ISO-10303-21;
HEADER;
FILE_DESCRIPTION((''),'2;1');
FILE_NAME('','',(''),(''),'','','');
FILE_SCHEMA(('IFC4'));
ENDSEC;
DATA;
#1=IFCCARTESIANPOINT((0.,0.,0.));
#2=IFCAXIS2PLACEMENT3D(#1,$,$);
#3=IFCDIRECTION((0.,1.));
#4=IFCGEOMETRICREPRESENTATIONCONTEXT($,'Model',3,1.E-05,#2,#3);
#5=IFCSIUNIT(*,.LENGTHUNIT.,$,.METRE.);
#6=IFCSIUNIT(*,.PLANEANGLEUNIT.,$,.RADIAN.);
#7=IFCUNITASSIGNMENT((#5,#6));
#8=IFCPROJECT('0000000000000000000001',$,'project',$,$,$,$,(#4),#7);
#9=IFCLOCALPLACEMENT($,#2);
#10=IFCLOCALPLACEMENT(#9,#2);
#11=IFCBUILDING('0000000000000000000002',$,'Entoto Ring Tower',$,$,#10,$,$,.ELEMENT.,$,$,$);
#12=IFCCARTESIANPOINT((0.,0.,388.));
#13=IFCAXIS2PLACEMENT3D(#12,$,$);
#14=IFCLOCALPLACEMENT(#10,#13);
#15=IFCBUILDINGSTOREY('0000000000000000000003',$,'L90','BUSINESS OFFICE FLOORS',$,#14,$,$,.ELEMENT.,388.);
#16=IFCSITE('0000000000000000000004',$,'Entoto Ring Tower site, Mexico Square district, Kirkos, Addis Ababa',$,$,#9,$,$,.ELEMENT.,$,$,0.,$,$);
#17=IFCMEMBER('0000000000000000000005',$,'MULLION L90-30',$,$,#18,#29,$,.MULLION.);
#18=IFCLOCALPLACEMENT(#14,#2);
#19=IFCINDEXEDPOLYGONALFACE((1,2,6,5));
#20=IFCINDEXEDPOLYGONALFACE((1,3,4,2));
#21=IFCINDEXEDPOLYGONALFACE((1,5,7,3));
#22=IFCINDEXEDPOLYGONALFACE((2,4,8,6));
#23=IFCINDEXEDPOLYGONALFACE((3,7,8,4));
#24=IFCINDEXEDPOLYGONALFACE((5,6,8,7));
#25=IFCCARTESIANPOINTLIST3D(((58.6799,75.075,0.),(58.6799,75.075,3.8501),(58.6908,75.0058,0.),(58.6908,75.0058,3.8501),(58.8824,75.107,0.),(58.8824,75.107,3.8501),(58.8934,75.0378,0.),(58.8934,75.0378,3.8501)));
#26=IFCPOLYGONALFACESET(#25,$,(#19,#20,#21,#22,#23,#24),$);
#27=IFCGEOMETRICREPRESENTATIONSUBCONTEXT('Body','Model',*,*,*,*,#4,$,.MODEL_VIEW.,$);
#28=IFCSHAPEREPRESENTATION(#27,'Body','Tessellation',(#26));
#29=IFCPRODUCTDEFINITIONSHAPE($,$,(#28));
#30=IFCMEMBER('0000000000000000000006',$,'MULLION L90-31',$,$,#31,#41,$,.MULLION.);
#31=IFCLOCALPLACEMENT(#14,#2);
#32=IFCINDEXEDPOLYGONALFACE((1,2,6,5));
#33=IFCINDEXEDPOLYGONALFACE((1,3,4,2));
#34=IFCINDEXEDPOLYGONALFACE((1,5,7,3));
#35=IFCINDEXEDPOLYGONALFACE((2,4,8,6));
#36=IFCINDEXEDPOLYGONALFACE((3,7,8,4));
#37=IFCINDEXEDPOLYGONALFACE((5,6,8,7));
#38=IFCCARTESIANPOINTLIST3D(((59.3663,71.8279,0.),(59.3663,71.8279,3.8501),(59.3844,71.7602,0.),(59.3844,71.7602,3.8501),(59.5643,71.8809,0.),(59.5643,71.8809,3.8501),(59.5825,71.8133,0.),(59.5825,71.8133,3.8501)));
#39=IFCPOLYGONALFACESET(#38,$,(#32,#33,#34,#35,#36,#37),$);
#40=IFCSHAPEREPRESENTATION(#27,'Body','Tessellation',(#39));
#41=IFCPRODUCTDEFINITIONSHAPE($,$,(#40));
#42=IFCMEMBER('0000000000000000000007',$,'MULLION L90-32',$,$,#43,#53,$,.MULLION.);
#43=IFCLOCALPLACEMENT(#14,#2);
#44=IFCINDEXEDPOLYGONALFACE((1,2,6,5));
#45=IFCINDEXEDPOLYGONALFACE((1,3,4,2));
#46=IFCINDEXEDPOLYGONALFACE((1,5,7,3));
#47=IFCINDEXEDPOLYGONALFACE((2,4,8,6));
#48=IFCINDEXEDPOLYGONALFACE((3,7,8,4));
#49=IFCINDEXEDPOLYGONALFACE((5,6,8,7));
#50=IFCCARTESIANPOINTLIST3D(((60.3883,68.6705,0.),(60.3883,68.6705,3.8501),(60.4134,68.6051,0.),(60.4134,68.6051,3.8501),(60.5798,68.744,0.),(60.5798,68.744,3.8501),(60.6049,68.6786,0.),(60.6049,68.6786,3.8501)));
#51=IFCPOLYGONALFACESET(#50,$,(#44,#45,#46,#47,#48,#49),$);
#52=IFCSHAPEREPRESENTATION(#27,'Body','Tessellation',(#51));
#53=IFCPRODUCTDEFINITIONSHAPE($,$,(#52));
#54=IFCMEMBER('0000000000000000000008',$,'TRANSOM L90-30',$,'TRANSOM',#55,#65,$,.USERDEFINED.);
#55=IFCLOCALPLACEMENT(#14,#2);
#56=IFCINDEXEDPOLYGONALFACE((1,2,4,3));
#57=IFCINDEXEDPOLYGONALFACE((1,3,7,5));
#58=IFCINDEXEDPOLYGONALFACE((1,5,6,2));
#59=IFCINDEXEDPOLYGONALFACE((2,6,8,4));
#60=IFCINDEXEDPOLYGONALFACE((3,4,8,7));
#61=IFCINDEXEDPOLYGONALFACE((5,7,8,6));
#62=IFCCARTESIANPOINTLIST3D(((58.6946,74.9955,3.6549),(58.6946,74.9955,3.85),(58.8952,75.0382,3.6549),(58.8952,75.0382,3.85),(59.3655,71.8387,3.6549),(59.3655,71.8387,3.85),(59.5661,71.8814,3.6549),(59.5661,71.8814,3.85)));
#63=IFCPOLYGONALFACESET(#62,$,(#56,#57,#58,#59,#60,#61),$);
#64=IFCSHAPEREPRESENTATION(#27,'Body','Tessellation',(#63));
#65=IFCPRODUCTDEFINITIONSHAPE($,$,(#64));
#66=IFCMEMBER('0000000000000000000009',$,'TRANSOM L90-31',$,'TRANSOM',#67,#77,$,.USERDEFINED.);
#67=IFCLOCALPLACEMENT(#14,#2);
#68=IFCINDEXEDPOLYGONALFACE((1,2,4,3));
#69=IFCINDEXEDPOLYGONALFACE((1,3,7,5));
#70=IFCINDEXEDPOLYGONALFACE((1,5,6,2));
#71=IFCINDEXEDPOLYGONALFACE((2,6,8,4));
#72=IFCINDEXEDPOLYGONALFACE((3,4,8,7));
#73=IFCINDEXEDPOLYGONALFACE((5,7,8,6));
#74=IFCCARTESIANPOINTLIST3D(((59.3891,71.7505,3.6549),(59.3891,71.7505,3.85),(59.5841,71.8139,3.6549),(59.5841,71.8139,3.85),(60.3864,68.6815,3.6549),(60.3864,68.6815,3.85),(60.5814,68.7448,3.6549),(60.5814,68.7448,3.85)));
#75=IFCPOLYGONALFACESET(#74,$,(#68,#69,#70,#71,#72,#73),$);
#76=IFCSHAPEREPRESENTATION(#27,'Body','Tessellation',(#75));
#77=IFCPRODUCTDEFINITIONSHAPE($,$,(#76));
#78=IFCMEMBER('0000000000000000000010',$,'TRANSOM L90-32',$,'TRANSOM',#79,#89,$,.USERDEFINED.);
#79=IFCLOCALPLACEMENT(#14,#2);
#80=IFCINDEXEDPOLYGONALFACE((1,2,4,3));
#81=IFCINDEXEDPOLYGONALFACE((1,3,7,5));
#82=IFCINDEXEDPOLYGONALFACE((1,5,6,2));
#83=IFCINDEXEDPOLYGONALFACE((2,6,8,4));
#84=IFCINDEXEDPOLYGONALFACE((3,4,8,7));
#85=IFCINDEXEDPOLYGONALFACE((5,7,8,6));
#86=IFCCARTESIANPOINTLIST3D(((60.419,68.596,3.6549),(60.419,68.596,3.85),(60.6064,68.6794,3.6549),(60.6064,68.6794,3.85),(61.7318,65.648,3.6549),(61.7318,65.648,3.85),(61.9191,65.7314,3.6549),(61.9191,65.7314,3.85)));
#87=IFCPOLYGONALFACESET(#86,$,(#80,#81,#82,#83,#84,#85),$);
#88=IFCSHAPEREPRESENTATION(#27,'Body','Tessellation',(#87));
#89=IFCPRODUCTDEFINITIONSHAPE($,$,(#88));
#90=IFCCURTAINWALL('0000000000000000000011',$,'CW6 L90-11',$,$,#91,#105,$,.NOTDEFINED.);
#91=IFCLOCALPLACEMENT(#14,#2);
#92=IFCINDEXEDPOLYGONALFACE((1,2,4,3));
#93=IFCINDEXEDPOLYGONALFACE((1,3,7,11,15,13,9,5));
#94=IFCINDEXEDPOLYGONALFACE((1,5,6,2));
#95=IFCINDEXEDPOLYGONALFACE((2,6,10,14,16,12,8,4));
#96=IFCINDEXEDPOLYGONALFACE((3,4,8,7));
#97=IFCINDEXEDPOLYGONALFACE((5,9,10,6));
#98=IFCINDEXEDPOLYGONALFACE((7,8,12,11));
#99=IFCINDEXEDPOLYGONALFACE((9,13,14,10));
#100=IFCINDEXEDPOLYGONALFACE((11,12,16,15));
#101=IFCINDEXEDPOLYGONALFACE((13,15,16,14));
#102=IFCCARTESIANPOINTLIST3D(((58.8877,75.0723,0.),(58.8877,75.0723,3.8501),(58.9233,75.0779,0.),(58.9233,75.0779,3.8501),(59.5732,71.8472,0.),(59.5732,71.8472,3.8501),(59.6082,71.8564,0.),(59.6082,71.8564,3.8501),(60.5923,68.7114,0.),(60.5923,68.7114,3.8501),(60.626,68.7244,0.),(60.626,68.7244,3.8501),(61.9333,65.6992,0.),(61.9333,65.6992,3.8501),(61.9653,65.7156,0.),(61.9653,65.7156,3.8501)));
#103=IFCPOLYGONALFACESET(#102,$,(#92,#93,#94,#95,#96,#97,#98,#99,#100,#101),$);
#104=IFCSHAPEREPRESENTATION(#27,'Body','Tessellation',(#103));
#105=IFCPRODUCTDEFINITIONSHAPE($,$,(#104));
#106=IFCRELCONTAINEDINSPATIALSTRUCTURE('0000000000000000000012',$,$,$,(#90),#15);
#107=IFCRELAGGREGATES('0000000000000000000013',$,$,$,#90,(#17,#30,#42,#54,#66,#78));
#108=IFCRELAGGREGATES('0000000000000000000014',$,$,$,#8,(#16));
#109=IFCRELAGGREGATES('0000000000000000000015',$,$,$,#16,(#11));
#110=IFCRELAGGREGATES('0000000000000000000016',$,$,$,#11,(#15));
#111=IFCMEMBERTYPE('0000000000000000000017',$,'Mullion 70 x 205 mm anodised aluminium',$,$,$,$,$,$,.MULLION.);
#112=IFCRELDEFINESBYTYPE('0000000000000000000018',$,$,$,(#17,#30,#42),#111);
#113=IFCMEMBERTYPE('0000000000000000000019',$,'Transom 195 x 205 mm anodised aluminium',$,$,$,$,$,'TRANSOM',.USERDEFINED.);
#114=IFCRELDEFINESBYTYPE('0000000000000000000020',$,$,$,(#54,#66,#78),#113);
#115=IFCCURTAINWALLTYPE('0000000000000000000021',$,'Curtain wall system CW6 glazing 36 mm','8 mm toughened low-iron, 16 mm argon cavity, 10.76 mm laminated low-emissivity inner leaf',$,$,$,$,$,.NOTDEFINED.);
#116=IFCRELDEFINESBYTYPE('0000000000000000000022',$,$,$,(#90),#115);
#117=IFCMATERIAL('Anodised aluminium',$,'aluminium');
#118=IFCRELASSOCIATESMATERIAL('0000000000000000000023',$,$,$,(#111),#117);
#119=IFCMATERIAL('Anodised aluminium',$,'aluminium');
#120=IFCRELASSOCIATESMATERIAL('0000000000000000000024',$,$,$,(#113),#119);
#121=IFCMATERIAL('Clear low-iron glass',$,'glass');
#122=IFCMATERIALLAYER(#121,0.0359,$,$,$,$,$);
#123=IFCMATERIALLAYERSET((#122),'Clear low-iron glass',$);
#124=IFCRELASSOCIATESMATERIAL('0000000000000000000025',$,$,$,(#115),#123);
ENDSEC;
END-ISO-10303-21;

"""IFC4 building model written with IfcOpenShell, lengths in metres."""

from ifc_helpers import new_model, si_unit, direction, frame, origin, origin_2d, place, context, subcontext, project, spatial, polyline, rectangle, outline, extrude, material, layer, layer_set, material_profile, profile_set, type_object, element, aggregate, save


model = new_model("IFC4")

# Units and contexts
model_context = context("Model", 3, precision=1e-05, world=origin(), true_north=direction((0.0, 1.0)))
body_context = subcontext(model_context, "Body", "Model", "MODEL_VIEW")
ifc_project = project(units=[si_unit("LENGTHUNIT", "METRE"), si_unit("PLANEANGLEUNIT", "RADIAN")], contexts=[model_context])

# Members
ifc_material_1 = material(Name="Anodised aluminium", Category="aluminium")
ifc_material_profile_1 = material_profile(ifc_material_1, rectangle(XDim=0.0701, YDim=0.2051, at=origin_2d()), Name="Mullion 70 x 205 mm anodised aluminium")
ifc_profile_set_1 = profile_set([ifc_material_profile_1], Name="Anodised aluminium")
member_type_1 = type_object("IfcMemberType", Name="Mullion 70 x 205 mm anodised aluminium", PredefinedType="MULLION", material=ifc_profile_set_1)
site_placement = place(None, origin())
building_placement = place(site_placement, origin())
storey_placement = place(building_placement, frame((0.0, 0.0, 388.0)))
member_1_placement = place(storey_placement, frame((58.7866, 75.0564, 0.0), z_axis=(0.0, 0.0, 1.0), x_axis=(0.156434, -0.987688, 0.0)))
member_1 = element("IfcMember", 1, at=member_1_placement, type_object=member_type_1, Name="MULLION L90-30", PredefinedType="MULLION", context=body_context, shape_type="SweptSolid", body=[
    extrude(rectangle(XDim=0.0701, YDim=0.2051, at=origin_2d()), origin(), (0.0, 0.0, 1.0), 3.8501),
])
member_2_placement = place(storey_placement, frame((59.4744, 71.8206, 0.0), z_axis=(0.0, 0.0, 1.0), x_axis=(0.258819, -0.965926, 0.0)))
member_2 = element("IfcMember", 2, at=member_2_placement, type_object=member_type_1, Name="MULLION L90-31", PredefinedType="MULLION", context=body_context, shape_type="SweptSolid", body=[
    extrude(rectangle(XDim=0.0701, YDim=0.2051, at=origin_2d()), origin(), (0.0, 0.0, 1.0), 3.8501),
])
member_3_placement = place(storey_placement, frame((60.4966, 68.6746, 0.0), z_axis=(0.0, 0.0, 1.0), x_axis=(0.358368, -0.93358, 0.0)))
member_3 = element("IfcMember", 3, at=member_3_placement, type_object=member_type_1, Name="MULLION L90-32", PredefinedType="MULLION", context=body_context, shape_type="SweptSolid", body=[
    extrude(rectangle(XDim=0.0701, YDim=0.2051, at=origin_2d()), origin(), (0.0, 0.0, 1.0), 3.8501),
])
ifc_material_2 = material(Name="Anodised aluminium", Category="aluminium")
ifc_material_profile_2 = material_profile(ifc_material_2, rectangle(XDim=0.2051, YDim=0.1951, at=origin_2d()), Name="Transom 195 x 205 mm anodised aluminium")
ifc_profile_set_2 = profile_set([ifc_material_profile_2], Name="Anodised aluminium")
member_type_2 = type_object("IfcMemberType", Name="Transom 195 x 205 mm anodised aluminium", ElementType="TRANSOM", PredefinedType="USERDEFINED", material=ifc_profile_set_2)
member_4_placement = place(storey_placement, frame((58.7949, 75.0168, 3.7524), z_axis=(0.207886, -0.978153, 0.0), x_axis=(0.978153, 0.207886, 0.0)))
member_4 = element("IfcMember", 4, at=member_4_placement, type_object=member_type_2, Name="TRANSOM L90-30", ObjectType="TRANSOM", PredefinedType="USERDEFINED", context=body_context, shape_type="SweptSolid", body=[
    extrude(rectangle(XDim=0.2051, YDim=0.1951, at=origin_2d()), origin(), (0.0, 0.0, 1.0), 3.2273),
])
member_5_placement = place(storey_placement, frame((59.4866, 71.7822, 3.7524), z_axis=(0.309047, -0.951047, 0.0), x_axis=(0.951047, 0.309047, 0.0)))
member_5 = element("IfcMember", 5, at=member_5_placement, type_object=member_type_2, Name="TRANSOM L90-31", ObjectType="TRANSOM", PredefinedType="USERDEFINED", context=body_context, shape_type="SweptSolid", body=[
    extrude(rectangle(XDim=0.2051, YDim=0.1951, at=origin_2d()), origin(), (0.0, 0.0, 1.0), 3.2271),
])
member_6_placement = place(storey_placement, frame((60.5127, 68.6377, 3.7524), z_axis=(0.406791, -0.913521, 0.0), x_axis=(0.913521, 0.406791, 0.0)))
member_6 = element("IfcMember", 6, at=member_6_placement, type_object=member_type_2, Name="TRANSOM L90-32", ObjectType="TRANSOM", PredefinedType="USERDEFINED", context=body_context, shape_type="SweptSolid", body=[
    extrude(rectangle(XDim=0.2051, YDim=0.1951, at=origin_2d()), origin(), (0.0, 0.0, 1.0), 3.2271),
])

# Site, building, storey
site = spatial("IfcSite", under=ifc_project, at=site_placement, Name="Entoto Ring Tower site, Mexico Square district, Kirkos, Addis Ababa", CompositionType="ELEMENT", RefElevation=0.0)
building = spatial("IfcBuilding", under=site, at=building_placement, Name="Entoto Ring Tower", CompositionType="ELEMENT")
storey = spatial("IfcBuildingStorey", under=building, at=storey_placement, Name="L90", Description="BUSINESS OFFICE FLOORS", CompositionType="ELEMENT", Elevation=388.0)

# Curtain wall
ifc_material_3 = material(Name="Clear low-iron glass", Category="glass")
ifc_layer = layer(ifc_material_3, 0.0359)
ifc_layer_set = layer_set([ifc_layer], Name="Clear low-iron glass")
curtain_wall_type = type_object("IfcCurtainWallType", Name="Curtain wall system CW6 glazing 36 mm", Description="8 mm toughened low-iron, 16 mm argon cavity, 10.76 mm laminated low-emissivity inner leaf", PredefinedType="NOTDEFINED", material=ifc_layer_set)
curtain_wall_1_placement = place(storey_placement, origin())
curtain_wall_1 = element("IfcCurtainWall", 7, at=curtain_wall_1_placement, inside=storey, type_object=curtain_wall_type, Name="CW6 L90-11", PredefinedType="NOTDEFINED", context=body_context, shape_type="SweptSolid", body=[
    extrude(outline(polyline([(58.8877, 75.0723), (59.5732, 71.8472), (60.5923, 68.7114), (61.9333, 65.6992), (61.9653, 65.7156), (60.626, 68.7244), (59.6082, 71.8564), (58.9233, 75.0779), (58.8877, 75.0723)])), origin(), (0.0, 0.0, 1.0), 3.8501),
])
aggregate(curtain_wall_1, [member_1, member_2, member_3, member_4, member_5, member_6])

save(model, "model.ifc")
